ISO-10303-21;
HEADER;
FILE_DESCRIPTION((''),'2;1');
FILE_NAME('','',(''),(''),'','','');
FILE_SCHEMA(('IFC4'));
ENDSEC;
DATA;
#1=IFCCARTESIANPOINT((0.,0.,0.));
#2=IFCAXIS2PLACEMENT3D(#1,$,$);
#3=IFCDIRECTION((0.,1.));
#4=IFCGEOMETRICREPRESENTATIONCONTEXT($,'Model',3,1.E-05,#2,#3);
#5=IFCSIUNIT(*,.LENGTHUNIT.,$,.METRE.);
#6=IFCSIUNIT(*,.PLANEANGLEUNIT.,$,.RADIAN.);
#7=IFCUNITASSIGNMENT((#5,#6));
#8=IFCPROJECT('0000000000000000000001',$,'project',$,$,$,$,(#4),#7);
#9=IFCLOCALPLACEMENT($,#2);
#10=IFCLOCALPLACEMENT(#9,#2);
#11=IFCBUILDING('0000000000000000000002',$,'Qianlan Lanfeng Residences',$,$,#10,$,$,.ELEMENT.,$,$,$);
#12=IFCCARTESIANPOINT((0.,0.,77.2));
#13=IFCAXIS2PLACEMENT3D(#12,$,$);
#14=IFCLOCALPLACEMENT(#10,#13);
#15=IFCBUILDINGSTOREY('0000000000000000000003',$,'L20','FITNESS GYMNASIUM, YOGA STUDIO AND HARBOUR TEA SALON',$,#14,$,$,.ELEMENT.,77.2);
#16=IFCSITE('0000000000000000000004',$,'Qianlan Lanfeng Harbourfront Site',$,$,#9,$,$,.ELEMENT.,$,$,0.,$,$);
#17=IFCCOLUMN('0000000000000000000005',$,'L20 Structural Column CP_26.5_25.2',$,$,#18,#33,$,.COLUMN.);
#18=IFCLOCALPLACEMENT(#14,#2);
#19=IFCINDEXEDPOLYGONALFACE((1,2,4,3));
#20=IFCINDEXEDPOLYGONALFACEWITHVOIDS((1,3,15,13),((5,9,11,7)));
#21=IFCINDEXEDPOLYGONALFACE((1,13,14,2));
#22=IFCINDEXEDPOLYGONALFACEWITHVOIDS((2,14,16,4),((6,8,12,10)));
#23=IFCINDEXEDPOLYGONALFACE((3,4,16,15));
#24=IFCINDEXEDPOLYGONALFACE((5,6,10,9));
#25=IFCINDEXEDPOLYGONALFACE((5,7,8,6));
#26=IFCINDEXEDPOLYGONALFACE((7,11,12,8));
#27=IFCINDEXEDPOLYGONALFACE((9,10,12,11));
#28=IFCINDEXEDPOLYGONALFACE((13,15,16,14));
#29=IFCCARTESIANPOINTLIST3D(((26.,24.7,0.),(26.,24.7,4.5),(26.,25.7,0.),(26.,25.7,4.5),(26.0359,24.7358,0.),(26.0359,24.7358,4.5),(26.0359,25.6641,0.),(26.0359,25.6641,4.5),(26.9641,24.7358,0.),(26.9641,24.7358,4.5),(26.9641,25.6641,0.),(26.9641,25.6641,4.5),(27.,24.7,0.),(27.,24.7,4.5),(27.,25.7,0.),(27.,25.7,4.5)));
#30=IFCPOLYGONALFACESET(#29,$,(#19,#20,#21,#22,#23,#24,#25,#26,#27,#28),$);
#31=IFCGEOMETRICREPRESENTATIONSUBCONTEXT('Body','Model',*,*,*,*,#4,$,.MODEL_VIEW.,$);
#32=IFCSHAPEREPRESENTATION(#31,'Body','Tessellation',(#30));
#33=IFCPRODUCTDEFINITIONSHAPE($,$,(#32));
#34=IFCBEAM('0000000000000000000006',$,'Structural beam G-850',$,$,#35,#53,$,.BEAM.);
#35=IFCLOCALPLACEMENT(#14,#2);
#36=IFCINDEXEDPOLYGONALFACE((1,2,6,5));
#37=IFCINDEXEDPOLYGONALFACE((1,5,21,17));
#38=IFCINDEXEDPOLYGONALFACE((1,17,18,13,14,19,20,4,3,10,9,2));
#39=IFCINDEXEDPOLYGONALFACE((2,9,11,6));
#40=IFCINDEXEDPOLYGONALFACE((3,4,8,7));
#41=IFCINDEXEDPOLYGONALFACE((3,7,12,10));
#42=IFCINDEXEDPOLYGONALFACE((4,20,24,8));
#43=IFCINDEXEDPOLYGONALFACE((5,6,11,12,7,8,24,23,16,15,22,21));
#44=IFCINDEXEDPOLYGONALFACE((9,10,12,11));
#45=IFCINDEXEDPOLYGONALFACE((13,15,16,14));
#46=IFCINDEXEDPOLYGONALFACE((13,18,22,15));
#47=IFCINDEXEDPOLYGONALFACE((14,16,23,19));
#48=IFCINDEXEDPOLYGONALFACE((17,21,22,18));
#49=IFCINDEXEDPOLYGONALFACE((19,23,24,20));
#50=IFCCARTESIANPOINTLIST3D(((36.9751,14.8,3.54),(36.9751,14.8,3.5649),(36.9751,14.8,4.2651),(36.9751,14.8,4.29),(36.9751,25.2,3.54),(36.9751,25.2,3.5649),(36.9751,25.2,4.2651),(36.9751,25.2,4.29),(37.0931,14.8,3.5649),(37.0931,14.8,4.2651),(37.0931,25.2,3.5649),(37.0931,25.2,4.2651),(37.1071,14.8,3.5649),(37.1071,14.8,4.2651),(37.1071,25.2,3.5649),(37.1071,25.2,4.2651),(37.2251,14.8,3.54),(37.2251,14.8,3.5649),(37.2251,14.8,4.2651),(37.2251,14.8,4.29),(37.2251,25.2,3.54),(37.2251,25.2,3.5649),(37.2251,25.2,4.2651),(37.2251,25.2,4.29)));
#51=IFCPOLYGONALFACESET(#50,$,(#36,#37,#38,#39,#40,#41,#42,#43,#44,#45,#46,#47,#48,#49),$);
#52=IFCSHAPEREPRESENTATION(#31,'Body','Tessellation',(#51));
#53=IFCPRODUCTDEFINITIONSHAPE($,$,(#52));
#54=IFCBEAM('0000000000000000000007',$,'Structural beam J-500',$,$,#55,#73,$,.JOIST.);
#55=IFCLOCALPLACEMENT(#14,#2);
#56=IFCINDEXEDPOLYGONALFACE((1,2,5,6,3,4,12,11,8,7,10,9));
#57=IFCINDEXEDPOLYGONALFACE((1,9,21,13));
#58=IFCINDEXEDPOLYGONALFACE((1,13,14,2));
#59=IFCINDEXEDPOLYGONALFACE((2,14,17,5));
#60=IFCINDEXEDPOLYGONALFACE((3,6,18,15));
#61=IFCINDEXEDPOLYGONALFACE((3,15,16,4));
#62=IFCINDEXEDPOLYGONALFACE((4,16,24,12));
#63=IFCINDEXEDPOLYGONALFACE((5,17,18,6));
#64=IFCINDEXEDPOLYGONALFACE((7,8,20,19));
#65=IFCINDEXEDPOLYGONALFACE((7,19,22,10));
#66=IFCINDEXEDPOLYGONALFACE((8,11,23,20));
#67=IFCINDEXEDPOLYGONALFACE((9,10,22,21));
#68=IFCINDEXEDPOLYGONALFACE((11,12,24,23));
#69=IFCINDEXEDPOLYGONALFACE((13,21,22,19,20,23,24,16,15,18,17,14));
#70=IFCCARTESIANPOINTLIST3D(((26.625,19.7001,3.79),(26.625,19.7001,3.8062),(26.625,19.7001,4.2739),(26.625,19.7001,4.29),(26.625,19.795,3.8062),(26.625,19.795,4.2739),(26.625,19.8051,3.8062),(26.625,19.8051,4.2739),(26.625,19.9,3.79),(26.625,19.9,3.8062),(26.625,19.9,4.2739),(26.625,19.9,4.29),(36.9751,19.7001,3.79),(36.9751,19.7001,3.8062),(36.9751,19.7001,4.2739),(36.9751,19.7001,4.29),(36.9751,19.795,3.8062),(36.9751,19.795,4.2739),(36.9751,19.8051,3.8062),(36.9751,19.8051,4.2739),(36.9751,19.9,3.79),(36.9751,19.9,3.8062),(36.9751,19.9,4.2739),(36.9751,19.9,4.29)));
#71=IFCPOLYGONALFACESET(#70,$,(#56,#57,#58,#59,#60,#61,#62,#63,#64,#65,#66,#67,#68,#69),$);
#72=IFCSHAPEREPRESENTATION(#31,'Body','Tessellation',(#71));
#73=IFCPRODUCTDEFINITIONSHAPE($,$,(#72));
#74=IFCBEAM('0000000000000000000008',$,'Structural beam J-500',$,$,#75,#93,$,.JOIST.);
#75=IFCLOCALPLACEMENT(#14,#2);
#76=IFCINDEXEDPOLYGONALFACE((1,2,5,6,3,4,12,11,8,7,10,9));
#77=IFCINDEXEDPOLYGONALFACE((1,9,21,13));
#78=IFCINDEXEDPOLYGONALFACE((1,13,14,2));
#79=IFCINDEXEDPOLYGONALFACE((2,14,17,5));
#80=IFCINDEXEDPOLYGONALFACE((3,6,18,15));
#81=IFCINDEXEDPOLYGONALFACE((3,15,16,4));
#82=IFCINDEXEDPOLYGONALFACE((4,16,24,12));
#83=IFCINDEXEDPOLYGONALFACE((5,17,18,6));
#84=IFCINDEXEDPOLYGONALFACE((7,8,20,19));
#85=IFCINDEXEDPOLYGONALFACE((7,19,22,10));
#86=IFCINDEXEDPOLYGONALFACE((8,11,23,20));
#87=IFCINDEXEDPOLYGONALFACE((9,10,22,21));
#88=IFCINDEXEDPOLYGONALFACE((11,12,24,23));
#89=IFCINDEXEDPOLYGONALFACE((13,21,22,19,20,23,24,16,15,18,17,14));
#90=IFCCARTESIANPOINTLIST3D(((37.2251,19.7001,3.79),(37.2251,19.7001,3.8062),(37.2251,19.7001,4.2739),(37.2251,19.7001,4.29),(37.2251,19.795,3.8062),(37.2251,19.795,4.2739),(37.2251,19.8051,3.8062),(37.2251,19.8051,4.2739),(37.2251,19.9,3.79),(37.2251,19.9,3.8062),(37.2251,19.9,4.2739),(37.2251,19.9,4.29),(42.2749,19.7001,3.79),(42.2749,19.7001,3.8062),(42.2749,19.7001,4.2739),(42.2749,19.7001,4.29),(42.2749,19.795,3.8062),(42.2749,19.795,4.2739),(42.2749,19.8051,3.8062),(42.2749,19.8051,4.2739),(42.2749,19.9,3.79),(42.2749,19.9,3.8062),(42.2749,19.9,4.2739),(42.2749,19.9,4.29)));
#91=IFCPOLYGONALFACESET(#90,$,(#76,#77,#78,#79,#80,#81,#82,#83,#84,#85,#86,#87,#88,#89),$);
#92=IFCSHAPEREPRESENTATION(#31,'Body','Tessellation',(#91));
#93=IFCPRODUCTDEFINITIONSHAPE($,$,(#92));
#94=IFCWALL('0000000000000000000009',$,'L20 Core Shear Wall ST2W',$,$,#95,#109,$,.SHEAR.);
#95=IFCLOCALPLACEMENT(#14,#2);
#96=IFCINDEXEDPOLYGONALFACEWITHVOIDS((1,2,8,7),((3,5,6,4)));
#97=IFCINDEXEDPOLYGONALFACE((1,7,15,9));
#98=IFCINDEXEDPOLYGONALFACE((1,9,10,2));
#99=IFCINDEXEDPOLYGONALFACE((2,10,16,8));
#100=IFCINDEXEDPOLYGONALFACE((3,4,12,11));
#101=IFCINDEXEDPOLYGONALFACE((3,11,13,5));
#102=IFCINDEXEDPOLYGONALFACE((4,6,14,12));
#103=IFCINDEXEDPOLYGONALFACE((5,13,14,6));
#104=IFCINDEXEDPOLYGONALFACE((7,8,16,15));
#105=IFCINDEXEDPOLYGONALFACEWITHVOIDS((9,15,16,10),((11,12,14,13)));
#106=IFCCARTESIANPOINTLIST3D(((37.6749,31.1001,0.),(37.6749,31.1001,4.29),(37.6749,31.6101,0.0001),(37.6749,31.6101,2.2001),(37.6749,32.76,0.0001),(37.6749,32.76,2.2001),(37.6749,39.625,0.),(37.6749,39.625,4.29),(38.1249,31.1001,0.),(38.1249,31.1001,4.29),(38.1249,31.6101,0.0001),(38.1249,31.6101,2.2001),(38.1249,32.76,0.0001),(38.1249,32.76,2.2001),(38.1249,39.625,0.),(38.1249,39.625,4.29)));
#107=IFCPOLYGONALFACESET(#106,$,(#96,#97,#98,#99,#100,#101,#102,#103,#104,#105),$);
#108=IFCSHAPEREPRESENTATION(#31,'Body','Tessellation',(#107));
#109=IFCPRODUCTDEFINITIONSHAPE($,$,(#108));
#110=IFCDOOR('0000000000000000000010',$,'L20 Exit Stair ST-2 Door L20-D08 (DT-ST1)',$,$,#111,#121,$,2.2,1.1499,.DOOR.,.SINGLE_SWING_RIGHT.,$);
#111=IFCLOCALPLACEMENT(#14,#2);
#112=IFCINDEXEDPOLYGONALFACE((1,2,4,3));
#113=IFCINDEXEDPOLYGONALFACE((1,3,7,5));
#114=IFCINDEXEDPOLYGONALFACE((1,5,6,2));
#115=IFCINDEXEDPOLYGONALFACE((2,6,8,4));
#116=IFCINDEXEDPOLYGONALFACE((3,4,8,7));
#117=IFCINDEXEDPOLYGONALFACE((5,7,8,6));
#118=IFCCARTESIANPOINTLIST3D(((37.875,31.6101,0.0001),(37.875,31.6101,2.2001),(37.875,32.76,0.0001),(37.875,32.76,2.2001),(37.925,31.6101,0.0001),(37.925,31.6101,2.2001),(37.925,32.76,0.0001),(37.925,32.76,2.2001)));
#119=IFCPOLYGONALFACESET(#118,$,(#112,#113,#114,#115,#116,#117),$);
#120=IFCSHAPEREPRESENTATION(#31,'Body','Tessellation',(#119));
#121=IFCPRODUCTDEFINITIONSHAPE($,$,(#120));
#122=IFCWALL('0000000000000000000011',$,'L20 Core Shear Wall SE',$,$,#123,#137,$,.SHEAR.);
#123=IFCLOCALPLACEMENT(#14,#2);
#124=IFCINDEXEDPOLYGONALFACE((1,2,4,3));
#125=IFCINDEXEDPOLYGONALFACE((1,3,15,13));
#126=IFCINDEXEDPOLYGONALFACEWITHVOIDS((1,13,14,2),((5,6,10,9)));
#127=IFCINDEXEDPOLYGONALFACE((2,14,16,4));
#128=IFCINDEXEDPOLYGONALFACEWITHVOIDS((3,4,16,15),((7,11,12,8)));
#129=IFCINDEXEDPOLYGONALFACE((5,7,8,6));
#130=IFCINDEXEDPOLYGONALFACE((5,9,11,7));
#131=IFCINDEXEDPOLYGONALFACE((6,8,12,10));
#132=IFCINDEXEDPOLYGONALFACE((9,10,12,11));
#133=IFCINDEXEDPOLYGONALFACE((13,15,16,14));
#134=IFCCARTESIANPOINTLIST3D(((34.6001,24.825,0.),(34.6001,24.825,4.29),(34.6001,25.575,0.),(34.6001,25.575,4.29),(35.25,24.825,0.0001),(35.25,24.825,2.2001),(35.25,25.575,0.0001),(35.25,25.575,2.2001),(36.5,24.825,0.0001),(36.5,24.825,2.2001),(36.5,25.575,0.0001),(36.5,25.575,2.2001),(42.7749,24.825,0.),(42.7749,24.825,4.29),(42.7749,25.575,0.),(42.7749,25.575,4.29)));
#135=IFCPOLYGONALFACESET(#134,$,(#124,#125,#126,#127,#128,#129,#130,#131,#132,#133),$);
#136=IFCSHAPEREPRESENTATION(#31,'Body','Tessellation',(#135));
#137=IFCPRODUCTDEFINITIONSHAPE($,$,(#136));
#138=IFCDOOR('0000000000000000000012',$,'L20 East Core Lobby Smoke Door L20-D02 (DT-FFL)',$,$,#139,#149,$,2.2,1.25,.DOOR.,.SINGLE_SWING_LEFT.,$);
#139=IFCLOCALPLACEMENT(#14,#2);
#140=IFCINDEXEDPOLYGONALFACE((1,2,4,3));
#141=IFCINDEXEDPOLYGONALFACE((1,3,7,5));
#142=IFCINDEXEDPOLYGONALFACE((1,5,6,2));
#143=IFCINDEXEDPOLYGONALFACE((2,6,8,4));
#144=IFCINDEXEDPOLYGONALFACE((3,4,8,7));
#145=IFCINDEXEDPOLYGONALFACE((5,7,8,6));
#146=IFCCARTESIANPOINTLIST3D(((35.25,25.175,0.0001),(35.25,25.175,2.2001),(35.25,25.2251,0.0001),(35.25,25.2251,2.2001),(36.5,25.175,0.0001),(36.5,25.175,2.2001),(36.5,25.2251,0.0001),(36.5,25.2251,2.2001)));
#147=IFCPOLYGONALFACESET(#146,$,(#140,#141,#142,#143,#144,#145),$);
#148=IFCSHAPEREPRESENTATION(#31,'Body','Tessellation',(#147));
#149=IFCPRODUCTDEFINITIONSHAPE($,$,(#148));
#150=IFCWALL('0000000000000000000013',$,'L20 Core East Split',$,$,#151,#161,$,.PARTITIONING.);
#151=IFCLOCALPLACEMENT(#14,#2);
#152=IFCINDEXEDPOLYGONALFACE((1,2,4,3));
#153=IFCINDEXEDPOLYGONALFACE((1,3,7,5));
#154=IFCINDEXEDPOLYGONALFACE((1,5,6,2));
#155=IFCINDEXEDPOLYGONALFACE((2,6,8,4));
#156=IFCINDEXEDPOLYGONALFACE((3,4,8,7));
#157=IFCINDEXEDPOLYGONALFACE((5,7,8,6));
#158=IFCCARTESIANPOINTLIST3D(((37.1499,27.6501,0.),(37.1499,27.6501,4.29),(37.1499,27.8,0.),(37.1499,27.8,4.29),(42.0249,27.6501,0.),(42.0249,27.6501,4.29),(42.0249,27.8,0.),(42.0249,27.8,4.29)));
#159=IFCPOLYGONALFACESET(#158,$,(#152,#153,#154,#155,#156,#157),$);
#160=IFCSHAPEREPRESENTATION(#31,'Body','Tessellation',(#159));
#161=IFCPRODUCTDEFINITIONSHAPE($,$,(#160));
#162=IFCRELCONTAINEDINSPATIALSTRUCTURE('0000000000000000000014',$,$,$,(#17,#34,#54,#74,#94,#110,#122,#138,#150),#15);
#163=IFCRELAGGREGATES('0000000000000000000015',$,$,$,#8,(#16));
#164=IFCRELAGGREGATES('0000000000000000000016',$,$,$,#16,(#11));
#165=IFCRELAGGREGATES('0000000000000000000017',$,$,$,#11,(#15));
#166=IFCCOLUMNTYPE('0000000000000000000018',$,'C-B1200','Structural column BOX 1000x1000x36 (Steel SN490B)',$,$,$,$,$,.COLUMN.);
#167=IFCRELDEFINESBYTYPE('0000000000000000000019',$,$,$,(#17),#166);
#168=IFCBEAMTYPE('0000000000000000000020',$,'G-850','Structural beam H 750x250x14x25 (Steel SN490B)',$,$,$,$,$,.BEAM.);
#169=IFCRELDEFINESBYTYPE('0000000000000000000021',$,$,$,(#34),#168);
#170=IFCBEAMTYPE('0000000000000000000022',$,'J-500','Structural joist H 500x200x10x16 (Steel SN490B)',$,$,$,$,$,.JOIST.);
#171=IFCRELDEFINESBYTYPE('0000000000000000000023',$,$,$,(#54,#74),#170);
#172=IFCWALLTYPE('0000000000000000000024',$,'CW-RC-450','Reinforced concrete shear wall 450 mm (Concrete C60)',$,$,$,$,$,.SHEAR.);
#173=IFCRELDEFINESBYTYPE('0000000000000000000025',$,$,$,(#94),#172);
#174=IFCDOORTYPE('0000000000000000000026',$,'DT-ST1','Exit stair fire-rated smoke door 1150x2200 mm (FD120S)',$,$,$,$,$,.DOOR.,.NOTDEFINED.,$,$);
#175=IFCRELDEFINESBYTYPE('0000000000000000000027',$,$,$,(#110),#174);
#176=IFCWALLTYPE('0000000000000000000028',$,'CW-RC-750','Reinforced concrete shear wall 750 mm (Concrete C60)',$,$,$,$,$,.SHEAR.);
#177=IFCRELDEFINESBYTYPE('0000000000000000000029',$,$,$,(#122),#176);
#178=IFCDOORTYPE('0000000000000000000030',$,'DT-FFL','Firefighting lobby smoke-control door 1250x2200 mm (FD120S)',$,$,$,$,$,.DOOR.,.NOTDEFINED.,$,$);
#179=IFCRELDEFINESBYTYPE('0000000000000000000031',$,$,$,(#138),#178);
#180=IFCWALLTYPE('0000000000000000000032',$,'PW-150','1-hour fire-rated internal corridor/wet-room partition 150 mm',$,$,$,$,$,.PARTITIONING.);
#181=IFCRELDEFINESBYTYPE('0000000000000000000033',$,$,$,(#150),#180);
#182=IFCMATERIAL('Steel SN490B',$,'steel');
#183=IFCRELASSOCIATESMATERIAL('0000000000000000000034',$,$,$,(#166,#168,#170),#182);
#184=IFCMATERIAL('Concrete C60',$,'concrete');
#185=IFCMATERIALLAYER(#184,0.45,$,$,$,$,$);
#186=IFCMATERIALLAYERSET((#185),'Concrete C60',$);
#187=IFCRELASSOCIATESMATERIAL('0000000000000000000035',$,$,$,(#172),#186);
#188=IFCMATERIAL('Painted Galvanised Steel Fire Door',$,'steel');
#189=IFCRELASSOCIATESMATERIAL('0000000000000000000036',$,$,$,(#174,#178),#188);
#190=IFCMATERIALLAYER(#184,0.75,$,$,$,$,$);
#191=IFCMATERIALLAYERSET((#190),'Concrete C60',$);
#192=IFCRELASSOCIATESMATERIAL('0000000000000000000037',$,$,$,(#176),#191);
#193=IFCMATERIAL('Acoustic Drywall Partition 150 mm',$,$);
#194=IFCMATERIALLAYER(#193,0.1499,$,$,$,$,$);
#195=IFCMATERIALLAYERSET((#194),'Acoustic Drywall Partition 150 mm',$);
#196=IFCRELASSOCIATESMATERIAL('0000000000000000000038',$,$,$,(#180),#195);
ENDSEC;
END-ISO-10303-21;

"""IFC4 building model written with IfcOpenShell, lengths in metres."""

from ifc_helpers import new_model, si_unit, direction, frame, frame_2d, origin, origin_2d, place, context, subcontext, project, spatial, rectangle, hollow_rectangle, i_section, extrude, material, layer, layer_set, material_profile, profile_set, type_object, element, fill, save


model = new_model("IFC4")

# Units and contexts
model_context = context("Model", 3, precision=1e-05, world=origin(), true_north=direction((0.0, 1.0)))
body_context = subcontext(model_context, "Body", "Model", "MODEL_VIEW")
ifc_project = project(units=[si_unit("LENGTHUNIT", "METRE"), si_unit("PLANEANGLEUNIT", "RADIAN")], contexts=[model_context])

# Site, building, storey
site_placement = place(None, origin())
site = spatial("IfcSite", under=ifc_project, at=site_placement, Name="Qianlan Lanfeng Harbourfront Site", CompositionType="ELEMENT", RefElevation=0.0)
building_placement = place(site_placement, origin())
building = spatial("IfcBuilding", under=site, at=building_placement, Name="Qianlan Lanfeng Residences", CompositionType="ELEMENT")
storey_placement = place(building_placement, frame((0.0, 0.0, 77.2)))
storey = spatial("IfcBuildingStorey", under=building, at=storey_placement, Name="L20", Description="FITNESS GYMNASIUM, YOGA STUDIO AND HARBOUR TEA SALON", CompositionType="ELEMENT", Elevation=77.2)

# Column
ifc_material_1 = material(Name="Steel SN490B", Category="steel")
ifc_material_profile_1 = material_profile(ifc_material_1, hollow_rectangle(XDim=1.0, YDim=1.0, WallThickness=0.0359, at=origin_2d()), Name="BOX 1000x1000x36")
ifc_profile_set_1 = profile_set([ifc_material_profile_1], Name="Steel SN490B")
column_type = type_object("IfcColumnType", Name="C-B1200", Description="Structural column BOX 1000x1000x36 (Steel SN490B)", PredefinedType="COLUMN", material=ifc_profile_set_1)
column_placement = place(storey_placement, frame((26.5, 25.2, 0.0), z_axis=(0.0, 0.0, 1.0), x_axis=(1.0, 0.0, 0.0)))
element("IfcColumn", 1, at=column_placement, inside=storey, type_object=column_type, Name="L20 Structural Column CP_26.5_25.2", PredefinedType="COLUMN", context=body_context, shape_type="SweptSolid", body=[
    extrude(hollow_rectangle(XDim=1.0, YDim=1.0, WallThickness=0.0359, at=origin_2d()), origin(), (0.0, 0.0, 1.0), 4.5),
])

# Beams
ifc_material_profile_2 = material_profile(ifc_material_1, i_section(OverallWidth=0.25, OverallDepth=0.75, WebThickness=0.0139, FlangeThickness=0.0249, at=origin_2d()), Name="H 750x250x14x25")
ifc_profile_set_2 = profile_set([ifc_material_profile_2], Name="Steel SN490B")
beam_type_1 = type_object("IfcBeamType", Name="G-850", Description="Structural beam H 750x250x14x25 (Steel SN490B)", PredefinedType="BEAM", material=ifc_profile_set_2)
beam_1_placement = place(storey_placement, frame((37.1001, 14.8, 3.915), z_axis=(0.0, 1.0, 0.0), x_axis=(-1.0, 0.0, 0.0)))
element("IfcBeam", 2, at=beam_1_placement, inside=storey, type_object=beam_type_1, Name="Structural beam G-850", PredefinedType="BEAM", context=body_context, shape_type="SweptSolid", body=[
    extrude(i_section(OverallWidth=0.25, OverallDepth=0.75, WebThickness=0.0139, FlangeThickness=0.0249, at=origin_2d()), origin(), (0.0, 0.0, 1.0), 10.3999),
])
ifc_material_profile_3 = material_profile(ifc_material_1, i_section(OverallWidth=0.2, OverallDepth=0.5, WebThickness=0.01, FlangeThickness=0.0161, at=origin_2d()), Name="H 500x200x10x16")
ifc_profile_set_3 = profile_set([ifc_material_profile_3], Name="Steel SN490B")
beam_type_2 = type_object("IfcBeamType", Name="J-500", Description="Structural joist H 500x200x10x16 (Steel SN490B)", PredefinedType="JOIST", material=ifc_profile_set_3)
beam_2_placement = place(storey_placement, frame((26.625, 19.8, 4.04), z_axis=(1.0, 0.0, 0.0), x_axis=(0.0, 1.0, 0.0)))
element("IfcBeam", 3, at=beam_2_placement, inside=storey, type_object=beam_type_2, Name="Structural beam J-500", PredefinedType="JOIST", context=body_context, shape_type="SweptSolid", body=[
    extrude(i_section(OverallWidth=0.2, OverallDepth=0.5, WebThickness=0.01, FlangeThickness=0.0161, at=origin_2d()), origin(), (0.0, 0.0, 1.0), 10.3501),
])
beam_3_placement = place(storey_placement, frame((37.2251, 19.8, 4.04), z_axis=(1.0, 0.0, 0.0), x_axis=(0.0, 1.0, 0.0)))
element("IfcBeam", 4, at=beam_3_placement, inside=storey, type_object=beam_type_2, Name="Structural beam J-500", PredefinedType="JOIST", context=body_context, shape_type="SweptSolid", body=[
    extrude(i_section(OverallWidth=0.2, OverallDepth=0.5, WebThickness=0.01, FlangeThickness=0.0161, at=origin_2d()), origin(), (0.0, 0.0, 1.0), 5.0498),
])

# Walls, openings, doors
ifc_material_2 = material(Name="Concrete C60", Category="concrete")
ifc_layer_1 = layer(ifc_material_2, 0.45)
ifc_layer_set_1 = layer_set([ifc_layer_1], Name="Concrete C60")
wall_type_1 = type_object("IfcWallType", Name="CW-RC-450", Description="Reinforced concrete shear wall 450 mm (Concrete C60)", PredefinedType="SHEAR", material=ifc_layer_set_1)
wall_1_placement = place(storey_placement, frame((37.8999, 31.1001, 0.0), z_axis=(0.0, 0.0, 1.0), x_axis=(0.0, 1.0, 0.0)))
wall_1 = element("IfcWall", 5, at=wall_1_placement, inside=storey, type_object=wall_type_1, Name="L20 Core Shear Wall ST2W", PredefinedType="SHEAR", context=body_context, shape_type="SweptSolid", body=[
    extrude(rectangle(XDim=8.5249, YDim=0.45, at=frame_2d((4.2625, 0.0))), origin(), (0.0, 0.0, 1.0), 4.29),
])
opening_1_placement = place(wall_1_placement, frame((0.51, 0.0, 0.0)))
opening_1 = element("IfcOpeningElement", 6, at=opening_1_placement, cuts=wall_1, PredefinedType="OPENING", context=body_context, shape_type="SweptSolid", body=[
    extrude(rectangle(XDim=1.1499, YDim=2.2, at=frame_2d((0.575, 1.1001))), frame((0.0, 0.2349, 0.0), z_axis=(0.0, -1.0, 0.0), x_axis=(1.0, 0.0, 0.0)), (0.0, 0.0, 1.0), 0.47),
])
ifc_material_3 = material(Name="Painted Galvanised Steel Fire Door", Category="steel")
door_type_1 = type_object("IfcDoorType", Name="DT-ST1", Description="Exit stair fire-rated smoke door 1150x2200 mm (FD120S)", OperationType="NOTDEFINED", PredefinedType="DOOR", material=ifc_material_3)
door_1_placement = place(opening_1_placement, origin())
door_1 = element("IfcDoor", 7, at=door_1_placement, inside=storey, type_object=door_type_1, Name="L20 Exit Stair ST-2 Door L20-D08 (DT-ST1)", OperationType="SINGLE_SWING_RIGHT", OverallHeight=2.2, OverallWidth=1.1499, PredefinedType="DOOR", context=body_context, shape_type="SweptSolid", body=[
    extrude(rectangle(XDim=1.1499, YDim=2.2, at=frame_2d((0.575, 1.1001))), frame((0.0, 0.0249, 0.0), z_axis=(0.0, -1.0, 0.0), x_axis=(1.0, 0.0, 0.0)), (0.0, 0.0, 1.0), 0.05),
])
fill(opening_1, door_1)
ifc_layer_2 = layer(ifc_material_2, 0.75)
ifc_layer_set_2 = layer_set([ifc_layer_2], Name="Concrete C60")
wall_type_2 = type_object("IfcWallType", Name="CW-RC-750", Description="Reinforced concrete shear wall 750 mm (Concrete C60)", PredefinedType="SHEAR", material=ifc_layer_set_2)
wall_2_placement = place(storey_placement, frame((34.6001, 25.2, 0.0), z_axis=(0.0, 0.0, 1.0), x_axis=(1.0, 0.0, 0.0)))
wall_2 = element("IfcWall", 8, at=wall_2_placement, inside=storey, type_object=wall_type_2, Name="L20 Core Shear Wall SE", PredefinedType="SHEAR", context=body_context, shape_type="SweptSolid", body=[
    extrude(rectangle(XDim=8.1748, YDim=0.75, at=frame_2d((4.0874, 0.0))), origin(), (0.0, 0.0, 1.0), 4.29),
])
opening_2_placement = place(wall_2_placement, frame((0.6499, 0.0, 0.0)))
opening_2 = element("IfcOpeningElement", 9, at=opening_2_placement, cuts=wall_2, PredefinedType="OPENING", context=body_context, shape_type="SweptSolid", body=[
    extrude(rectangle(XDim=1.25, YDim=2.2, at=frame_2d((0.625, 1.1001))), frame((0.0, 0.385, 0.0), z_axis=(0.0, -1.0, 0.0), x_axis=(1.0, 0.0, 0.0)), (0.0, 0.0, 1.0), 0.77),
])
door_type_2 = type_object("IfcDoorType", Name="DT-FFL", Description="Firefighting lobby smoke-control door 1250x2200 mm (FD120S)", OperationType="NOTDEFINED", PredefinedType="DOOR", material=ifc_material_3)
door_2_placement = place(opening_2_placement, frame((1.25, 0.0, 0.0), z_axis=(0.0, 0.0, 1.0), x_axis=(-1.0, 0.0, 0.0)))
door_2 = element("IfcDoor", 10, at=door_2_placement, inside=storey, type_object=door_type_2, Name="L20 East Core Lobby Smoke Door L20-D02 (DT-FFL)", OperationType="SINGLE_SWING_LEFT", OverallHeight=2.2, OverallWidth=1.25, PredefinedType="DOOR", context=body_context, shape_type="SweptSolid", body=[
    extrude(rectangle(XDim=1.25, YDim=2.2, at=frame_2d((0.625, 1.1001))), frame((0.0, 0.0249, 0.0), z_axis=(0.0, -1.0, 0.0), x_axis=(1.0, 0.0, 0.0)), (0.0, 0.0, 1.0), 0.05),
])
fill(opening_2, door_2)

# Wall
ifc_material_4 = material(Name="Acoustic Drywall Partition 150 mm")
ifc_layer_3 = layer(ifc_material_4, 0.1499)
ifc_layer_set_3 = layer_set([ifc_layer_3], Name="Acoustic Drywall Partition 150 mm")
wall_type_3 = type_object("IfcWallType", Name="PW-150", Description="1-hour fire-rated internal corridor/wet-room partition 150 mm", PredefinedType="PARTITIONING", material=ifc_layer_set_3)
wall_3_placement = place(storey_placement, frame((37.1499, 27.7251, 0.0), z_axis=(0.0, 0.0, 1.0), x_axis=(1.0, 0.0, 0.0)))
element("IfcWall", 11, at=wall_3_placement, inside=storey, type_object=wall_type_3, Name="L20 Core East Split", PredefinedType="PARTITIONING", context=body_context, shape_type="SweptSolid", body=[
    extrude(rectangle(XDim=4.875, YDim=0.1499, at=frame_2d((2.4375, 0.0))), origin(), (0.0, 0.0, 1.0), 4.29),
])

save(model, "model.ifc")
